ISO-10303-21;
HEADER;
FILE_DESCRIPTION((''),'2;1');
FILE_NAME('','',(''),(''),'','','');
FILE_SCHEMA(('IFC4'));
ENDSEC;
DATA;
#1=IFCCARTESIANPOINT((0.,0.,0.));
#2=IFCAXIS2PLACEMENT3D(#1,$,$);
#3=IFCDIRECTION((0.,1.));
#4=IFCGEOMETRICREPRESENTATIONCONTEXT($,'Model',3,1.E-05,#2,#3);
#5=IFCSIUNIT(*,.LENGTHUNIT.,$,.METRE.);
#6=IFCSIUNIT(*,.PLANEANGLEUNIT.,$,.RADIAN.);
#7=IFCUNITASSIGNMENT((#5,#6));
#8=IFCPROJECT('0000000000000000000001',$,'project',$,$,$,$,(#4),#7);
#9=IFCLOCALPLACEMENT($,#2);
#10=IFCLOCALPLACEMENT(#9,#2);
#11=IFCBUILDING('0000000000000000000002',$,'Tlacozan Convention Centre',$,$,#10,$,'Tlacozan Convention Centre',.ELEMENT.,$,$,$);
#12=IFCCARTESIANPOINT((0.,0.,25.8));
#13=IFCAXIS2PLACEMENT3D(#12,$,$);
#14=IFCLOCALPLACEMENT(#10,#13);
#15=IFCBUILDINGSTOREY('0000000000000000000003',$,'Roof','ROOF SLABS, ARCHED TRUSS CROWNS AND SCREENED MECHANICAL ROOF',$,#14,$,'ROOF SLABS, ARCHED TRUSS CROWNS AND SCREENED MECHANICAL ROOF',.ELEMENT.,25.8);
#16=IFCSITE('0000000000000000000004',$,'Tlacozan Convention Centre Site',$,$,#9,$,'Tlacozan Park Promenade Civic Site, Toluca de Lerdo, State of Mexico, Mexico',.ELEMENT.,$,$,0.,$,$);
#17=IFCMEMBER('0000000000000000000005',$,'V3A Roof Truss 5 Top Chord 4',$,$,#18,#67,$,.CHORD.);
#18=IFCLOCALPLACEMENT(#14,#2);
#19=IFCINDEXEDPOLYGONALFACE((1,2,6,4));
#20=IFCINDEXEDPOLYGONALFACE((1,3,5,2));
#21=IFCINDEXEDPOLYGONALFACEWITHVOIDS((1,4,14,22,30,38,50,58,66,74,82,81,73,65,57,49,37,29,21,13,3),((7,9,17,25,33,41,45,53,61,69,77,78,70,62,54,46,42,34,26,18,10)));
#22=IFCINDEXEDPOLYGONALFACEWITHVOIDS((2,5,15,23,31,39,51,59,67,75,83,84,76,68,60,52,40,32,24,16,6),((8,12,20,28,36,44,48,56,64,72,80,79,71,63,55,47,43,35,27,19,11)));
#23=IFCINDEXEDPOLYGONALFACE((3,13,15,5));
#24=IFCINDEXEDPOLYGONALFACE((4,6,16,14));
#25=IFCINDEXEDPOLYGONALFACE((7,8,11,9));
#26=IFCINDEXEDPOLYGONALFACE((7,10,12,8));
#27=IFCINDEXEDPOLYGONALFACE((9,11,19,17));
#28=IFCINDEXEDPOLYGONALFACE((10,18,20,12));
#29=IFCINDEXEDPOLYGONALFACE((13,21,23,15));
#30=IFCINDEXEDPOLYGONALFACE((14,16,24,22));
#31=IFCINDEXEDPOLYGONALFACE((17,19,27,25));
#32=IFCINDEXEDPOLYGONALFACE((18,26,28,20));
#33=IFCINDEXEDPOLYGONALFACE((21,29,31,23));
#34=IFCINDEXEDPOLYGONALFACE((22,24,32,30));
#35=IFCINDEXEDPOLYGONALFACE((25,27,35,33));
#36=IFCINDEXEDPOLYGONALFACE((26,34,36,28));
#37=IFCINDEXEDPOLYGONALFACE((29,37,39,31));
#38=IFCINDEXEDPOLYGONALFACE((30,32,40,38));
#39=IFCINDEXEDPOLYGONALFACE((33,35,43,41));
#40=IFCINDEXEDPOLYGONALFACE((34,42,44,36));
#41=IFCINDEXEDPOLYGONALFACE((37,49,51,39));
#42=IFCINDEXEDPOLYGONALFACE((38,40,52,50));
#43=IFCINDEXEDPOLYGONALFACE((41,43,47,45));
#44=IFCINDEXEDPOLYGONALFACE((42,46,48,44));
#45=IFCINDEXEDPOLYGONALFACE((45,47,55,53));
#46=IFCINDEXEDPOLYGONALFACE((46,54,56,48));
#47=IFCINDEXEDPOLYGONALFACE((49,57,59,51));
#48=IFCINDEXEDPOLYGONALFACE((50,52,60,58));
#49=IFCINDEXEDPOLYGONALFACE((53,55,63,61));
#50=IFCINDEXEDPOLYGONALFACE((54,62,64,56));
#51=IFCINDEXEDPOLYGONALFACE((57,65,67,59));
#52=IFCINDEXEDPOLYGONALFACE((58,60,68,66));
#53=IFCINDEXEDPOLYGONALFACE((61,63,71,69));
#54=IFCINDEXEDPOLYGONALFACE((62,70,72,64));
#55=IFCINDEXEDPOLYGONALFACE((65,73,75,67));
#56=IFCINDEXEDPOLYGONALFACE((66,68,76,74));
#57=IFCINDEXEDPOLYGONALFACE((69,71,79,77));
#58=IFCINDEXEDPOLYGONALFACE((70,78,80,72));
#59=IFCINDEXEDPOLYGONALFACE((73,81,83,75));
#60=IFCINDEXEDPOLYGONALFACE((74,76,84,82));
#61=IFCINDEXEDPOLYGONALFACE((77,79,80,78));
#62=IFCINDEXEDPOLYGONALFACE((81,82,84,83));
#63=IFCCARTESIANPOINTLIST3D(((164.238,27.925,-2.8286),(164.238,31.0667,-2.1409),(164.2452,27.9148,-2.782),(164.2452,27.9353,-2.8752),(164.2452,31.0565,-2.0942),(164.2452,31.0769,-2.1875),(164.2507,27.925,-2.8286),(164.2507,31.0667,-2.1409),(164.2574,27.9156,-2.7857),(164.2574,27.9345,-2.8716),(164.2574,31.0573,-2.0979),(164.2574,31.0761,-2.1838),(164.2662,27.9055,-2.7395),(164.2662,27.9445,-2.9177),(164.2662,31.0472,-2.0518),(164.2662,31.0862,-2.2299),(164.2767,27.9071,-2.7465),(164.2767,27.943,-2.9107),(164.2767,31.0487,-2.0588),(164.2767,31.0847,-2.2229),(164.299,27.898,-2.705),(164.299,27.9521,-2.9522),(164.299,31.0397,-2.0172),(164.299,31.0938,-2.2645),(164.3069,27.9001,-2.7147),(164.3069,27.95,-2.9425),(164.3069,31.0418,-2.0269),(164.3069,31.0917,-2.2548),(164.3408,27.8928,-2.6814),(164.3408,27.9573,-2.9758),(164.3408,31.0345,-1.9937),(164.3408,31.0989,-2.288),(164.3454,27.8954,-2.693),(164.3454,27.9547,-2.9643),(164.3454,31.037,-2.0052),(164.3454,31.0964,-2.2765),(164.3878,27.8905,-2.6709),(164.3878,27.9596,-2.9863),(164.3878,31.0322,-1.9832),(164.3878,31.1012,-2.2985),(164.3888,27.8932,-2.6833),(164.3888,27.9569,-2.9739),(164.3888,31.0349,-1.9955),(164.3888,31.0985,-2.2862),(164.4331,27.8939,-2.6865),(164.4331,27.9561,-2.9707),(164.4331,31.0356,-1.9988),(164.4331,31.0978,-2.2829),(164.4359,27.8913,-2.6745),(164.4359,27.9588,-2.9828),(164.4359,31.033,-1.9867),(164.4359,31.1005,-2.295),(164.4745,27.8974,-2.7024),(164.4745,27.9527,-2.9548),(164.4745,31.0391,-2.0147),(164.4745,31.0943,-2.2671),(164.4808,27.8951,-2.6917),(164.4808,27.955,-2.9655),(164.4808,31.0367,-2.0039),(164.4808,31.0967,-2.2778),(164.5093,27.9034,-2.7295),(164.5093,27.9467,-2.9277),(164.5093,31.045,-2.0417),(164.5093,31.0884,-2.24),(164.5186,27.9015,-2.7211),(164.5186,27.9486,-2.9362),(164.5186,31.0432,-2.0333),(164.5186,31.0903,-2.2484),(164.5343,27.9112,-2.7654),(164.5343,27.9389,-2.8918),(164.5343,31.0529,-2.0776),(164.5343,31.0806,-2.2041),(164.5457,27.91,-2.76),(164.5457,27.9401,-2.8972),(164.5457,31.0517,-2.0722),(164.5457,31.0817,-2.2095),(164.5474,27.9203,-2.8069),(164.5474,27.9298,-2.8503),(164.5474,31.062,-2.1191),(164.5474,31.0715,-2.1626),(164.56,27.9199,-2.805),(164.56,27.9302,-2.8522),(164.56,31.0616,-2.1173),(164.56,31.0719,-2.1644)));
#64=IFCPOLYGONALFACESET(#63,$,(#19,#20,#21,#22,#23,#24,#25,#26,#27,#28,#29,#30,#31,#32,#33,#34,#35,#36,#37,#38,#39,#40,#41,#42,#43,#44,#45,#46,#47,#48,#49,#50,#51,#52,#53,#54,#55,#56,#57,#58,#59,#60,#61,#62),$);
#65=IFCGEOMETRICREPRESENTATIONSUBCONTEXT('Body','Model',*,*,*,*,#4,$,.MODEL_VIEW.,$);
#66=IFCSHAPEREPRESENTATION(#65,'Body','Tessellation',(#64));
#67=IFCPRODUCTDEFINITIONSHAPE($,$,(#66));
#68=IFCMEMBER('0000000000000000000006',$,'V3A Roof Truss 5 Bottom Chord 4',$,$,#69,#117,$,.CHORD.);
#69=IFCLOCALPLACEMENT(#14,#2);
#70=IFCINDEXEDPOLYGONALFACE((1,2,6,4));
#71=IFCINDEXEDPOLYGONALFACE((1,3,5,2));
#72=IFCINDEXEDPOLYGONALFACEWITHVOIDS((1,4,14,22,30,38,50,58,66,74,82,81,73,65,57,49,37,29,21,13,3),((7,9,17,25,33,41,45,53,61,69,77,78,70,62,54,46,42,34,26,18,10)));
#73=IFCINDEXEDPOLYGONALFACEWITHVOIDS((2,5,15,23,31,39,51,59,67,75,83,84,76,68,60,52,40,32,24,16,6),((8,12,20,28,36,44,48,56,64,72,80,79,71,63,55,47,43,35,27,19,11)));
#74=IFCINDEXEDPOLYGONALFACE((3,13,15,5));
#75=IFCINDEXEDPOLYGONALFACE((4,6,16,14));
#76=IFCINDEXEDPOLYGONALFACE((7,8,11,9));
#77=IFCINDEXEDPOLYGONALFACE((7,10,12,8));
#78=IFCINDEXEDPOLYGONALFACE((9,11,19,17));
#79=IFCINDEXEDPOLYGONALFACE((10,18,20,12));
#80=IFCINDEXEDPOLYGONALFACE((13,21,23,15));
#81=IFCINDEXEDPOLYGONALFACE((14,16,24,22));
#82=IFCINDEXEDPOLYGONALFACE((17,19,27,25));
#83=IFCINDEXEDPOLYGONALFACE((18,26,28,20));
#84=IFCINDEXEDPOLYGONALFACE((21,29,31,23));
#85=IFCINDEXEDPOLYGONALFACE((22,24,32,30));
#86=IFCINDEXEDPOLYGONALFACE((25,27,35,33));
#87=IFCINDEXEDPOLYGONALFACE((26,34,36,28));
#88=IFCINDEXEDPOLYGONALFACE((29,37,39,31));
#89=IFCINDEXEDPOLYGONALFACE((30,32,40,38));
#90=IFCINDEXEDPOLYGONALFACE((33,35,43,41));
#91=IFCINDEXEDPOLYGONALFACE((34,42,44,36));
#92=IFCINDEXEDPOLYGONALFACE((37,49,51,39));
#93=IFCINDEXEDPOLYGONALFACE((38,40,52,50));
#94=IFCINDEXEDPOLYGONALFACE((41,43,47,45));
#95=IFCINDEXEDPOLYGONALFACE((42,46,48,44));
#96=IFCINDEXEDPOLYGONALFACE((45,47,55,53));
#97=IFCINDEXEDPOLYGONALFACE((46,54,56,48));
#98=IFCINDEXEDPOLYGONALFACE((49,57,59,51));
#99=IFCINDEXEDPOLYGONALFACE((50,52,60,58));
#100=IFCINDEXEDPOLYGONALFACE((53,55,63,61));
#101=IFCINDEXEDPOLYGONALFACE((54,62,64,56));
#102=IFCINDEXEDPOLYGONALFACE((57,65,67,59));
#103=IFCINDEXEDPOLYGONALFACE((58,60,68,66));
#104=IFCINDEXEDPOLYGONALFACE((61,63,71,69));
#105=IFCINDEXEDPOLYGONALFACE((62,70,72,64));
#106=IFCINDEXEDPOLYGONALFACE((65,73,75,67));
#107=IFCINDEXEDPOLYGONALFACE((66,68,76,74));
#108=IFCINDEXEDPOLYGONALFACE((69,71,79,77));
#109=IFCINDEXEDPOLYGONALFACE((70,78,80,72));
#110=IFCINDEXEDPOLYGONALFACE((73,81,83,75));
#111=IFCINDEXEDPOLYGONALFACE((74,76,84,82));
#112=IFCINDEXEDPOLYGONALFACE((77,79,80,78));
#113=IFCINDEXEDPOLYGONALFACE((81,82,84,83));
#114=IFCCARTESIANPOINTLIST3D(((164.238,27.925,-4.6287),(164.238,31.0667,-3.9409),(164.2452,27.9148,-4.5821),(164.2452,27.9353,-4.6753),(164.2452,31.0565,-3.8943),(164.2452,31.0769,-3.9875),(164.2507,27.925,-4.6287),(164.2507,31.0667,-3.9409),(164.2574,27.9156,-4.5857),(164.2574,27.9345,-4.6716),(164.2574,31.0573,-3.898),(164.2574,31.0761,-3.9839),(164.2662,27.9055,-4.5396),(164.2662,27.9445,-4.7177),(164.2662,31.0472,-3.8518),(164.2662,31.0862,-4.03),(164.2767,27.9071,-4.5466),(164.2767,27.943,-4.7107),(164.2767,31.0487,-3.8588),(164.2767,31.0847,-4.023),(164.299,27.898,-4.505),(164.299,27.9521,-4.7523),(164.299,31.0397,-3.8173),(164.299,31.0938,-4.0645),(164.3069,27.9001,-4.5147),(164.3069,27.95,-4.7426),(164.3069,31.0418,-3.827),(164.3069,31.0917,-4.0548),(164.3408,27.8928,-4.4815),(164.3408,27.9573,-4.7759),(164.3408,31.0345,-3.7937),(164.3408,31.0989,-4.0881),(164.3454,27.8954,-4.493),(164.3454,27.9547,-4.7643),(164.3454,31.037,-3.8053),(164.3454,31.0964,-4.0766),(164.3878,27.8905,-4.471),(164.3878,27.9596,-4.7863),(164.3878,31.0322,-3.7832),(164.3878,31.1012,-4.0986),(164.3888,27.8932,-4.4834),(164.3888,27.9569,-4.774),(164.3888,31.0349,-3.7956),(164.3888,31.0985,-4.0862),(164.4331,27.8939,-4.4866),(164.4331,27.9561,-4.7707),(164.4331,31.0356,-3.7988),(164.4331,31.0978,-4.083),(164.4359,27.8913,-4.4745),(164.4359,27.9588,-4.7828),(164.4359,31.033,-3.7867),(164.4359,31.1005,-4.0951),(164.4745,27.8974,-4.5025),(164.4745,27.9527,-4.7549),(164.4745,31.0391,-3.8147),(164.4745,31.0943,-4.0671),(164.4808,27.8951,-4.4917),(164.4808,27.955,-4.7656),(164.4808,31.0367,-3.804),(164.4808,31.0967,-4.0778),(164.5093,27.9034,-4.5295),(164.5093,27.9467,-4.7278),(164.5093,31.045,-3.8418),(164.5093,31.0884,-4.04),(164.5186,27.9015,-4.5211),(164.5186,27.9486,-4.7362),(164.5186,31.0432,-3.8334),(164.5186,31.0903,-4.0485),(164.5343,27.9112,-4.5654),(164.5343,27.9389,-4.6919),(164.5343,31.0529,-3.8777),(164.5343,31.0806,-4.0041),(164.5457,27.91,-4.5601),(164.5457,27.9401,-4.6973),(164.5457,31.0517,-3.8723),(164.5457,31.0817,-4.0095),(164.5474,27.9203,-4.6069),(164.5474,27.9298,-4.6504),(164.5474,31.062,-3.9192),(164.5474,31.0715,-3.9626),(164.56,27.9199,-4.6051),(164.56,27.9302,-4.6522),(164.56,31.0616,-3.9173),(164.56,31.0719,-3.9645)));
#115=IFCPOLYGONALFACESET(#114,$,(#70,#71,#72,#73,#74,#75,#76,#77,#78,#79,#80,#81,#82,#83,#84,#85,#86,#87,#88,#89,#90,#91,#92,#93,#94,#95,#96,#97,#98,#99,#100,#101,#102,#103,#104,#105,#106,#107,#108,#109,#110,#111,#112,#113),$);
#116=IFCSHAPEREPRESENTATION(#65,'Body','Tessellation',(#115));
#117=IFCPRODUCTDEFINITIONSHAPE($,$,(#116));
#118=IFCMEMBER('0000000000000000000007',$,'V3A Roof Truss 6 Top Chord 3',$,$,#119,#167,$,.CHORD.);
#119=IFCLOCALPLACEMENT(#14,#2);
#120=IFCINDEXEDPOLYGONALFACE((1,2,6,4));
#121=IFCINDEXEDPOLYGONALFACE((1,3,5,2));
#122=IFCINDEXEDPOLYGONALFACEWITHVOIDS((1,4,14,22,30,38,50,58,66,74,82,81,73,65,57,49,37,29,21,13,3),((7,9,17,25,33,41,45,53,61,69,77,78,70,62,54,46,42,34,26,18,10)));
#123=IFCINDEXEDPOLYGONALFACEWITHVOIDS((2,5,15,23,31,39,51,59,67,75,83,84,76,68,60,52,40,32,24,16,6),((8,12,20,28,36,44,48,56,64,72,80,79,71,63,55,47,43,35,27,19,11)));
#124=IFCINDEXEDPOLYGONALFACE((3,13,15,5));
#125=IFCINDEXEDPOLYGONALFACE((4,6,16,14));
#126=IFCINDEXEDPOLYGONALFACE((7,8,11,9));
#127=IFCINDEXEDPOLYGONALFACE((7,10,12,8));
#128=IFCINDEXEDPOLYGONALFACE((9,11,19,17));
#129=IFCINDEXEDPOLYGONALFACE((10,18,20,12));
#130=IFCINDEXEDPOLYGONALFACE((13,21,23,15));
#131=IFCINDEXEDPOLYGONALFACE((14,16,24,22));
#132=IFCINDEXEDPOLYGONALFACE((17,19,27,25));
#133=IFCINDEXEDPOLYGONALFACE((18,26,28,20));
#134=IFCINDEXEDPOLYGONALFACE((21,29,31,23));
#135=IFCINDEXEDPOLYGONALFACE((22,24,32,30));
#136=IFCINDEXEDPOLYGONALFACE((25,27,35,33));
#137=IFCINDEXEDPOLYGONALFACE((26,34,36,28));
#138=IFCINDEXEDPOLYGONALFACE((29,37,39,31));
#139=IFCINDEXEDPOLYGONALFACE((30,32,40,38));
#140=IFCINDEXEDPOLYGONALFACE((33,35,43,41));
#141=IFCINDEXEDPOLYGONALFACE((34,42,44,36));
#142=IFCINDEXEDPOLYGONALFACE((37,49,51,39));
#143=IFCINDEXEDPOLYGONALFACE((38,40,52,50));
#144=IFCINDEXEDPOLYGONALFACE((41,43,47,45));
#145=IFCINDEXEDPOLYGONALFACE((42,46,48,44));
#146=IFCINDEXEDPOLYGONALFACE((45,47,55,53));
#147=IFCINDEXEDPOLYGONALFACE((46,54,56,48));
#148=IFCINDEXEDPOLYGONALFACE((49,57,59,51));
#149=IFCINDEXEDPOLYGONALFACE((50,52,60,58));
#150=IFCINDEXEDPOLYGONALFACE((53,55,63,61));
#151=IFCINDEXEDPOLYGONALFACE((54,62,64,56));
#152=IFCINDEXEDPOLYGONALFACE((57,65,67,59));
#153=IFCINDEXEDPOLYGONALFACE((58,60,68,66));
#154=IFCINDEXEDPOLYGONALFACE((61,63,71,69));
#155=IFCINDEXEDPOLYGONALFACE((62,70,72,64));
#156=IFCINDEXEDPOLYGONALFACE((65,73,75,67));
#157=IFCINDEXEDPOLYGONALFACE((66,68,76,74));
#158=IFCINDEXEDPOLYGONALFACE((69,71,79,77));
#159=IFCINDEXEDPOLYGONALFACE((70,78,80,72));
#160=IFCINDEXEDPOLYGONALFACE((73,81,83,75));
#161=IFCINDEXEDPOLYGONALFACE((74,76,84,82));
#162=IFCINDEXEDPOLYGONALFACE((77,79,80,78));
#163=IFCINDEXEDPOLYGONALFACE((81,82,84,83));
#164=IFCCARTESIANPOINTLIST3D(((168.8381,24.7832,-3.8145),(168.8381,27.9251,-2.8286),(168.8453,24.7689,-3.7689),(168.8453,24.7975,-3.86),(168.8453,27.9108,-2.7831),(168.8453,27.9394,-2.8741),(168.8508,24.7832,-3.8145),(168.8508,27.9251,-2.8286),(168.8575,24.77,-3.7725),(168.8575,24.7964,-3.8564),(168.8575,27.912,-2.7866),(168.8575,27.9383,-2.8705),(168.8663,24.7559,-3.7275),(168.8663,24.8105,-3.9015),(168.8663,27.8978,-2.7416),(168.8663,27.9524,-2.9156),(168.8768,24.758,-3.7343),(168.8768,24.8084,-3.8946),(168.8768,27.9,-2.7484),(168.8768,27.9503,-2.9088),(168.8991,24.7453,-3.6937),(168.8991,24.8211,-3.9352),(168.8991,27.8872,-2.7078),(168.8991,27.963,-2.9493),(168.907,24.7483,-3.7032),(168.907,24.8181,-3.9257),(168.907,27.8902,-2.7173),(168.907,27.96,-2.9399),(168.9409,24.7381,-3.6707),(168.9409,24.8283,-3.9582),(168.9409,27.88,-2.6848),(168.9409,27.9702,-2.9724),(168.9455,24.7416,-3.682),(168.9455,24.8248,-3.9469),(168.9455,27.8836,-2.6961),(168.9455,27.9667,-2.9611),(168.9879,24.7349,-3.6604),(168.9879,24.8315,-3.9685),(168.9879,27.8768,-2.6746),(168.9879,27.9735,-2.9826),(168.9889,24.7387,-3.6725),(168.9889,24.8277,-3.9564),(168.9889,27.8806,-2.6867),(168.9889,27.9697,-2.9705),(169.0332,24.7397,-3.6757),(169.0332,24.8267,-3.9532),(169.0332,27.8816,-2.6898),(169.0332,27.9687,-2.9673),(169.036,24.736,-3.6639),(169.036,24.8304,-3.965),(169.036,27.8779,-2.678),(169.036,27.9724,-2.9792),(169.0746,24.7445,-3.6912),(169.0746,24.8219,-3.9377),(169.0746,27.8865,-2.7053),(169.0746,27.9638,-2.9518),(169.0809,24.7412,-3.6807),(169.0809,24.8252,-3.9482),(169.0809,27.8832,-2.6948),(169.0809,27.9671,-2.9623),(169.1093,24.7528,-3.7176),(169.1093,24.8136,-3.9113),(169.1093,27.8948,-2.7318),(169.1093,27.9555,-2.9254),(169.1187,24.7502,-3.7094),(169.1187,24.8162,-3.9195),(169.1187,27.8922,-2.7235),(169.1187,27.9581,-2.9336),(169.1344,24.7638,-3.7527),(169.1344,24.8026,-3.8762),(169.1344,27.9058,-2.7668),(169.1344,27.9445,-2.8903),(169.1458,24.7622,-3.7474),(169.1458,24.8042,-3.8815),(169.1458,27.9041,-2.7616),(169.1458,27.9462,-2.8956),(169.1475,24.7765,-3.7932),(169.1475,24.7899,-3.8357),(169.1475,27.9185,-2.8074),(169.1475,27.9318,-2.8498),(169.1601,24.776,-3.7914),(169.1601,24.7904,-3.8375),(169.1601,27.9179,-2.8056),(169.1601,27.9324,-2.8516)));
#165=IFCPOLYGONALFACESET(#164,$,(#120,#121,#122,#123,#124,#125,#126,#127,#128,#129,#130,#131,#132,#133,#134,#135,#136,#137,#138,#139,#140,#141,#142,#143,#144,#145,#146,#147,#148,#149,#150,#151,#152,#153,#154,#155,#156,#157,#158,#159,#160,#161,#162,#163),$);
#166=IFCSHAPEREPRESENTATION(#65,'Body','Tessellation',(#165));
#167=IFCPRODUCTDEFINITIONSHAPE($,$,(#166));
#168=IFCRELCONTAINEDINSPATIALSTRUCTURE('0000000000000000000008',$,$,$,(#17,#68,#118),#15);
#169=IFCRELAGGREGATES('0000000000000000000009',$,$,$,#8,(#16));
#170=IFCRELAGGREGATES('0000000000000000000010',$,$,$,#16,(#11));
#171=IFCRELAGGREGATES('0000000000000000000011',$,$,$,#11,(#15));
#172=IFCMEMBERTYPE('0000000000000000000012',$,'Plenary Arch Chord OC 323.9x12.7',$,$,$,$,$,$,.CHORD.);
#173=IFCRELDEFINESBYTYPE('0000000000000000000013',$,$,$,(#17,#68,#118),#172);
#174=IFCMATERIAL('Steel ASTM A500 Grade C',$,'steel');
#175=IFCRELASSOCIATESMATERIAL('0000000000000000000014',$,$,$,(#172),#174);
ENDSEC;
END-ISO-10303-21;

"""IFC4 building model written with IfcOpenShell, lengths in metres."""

from ifc_helpers import new_model, si_unit, direction, frame, origin, origin_2d, place, context, subcontext, project, spatial, hollow_circle, extrude, material, material_profile, profile_set, type_object, element, save


model = new_model("IFC4")

# Units and contexts
model_context = context("Model", 3, precision=1e-05, world=origin(), true_north=direction((0.0, 1.0)))
body_context = subcontext(model_context, "Body", "Model", "MODEL_VIEW")
ifc_project = project(units=[si_unit("LENGTHUNIT", "METRE"), si_unit("PLANEANGLEUNIT", "RADIAN")], contexts=[model_context])

# Site, building, storey
site_placement = place(None, origin())
site = spatial("IfcSite", under=ifc_project, at=site_placement, Name="Tlacozan Convention Centre Site", LongName="Tlacozan Park Promenade Civic Site, Toluca de Lerdo, State of Mexico, Mexico", CompositionType="ELEMENT", RefElevation=0.0)
building_placement = place(site_placement, origin())
building = spatial("IfcBuilding", under=site, at=building_placement, Name="Tlacozan Convention Centre", LongName="Tlacozan Convention Centre", CompositionType="ELEMENT")
storey_placement = place(building_placement, frame((0.0, 0.0, 25.8)))
storey = spatial("IfcBuildingStorey", under=building, at=storey_placement, Name="Roof", Description="ROOF SLABS, ARCHED TRUSS CROWNS AND SCREENED MECHANICAL ROOF", LongName="ROOF SLABS, ARCHED TRUSS CROWNS AND SCREENED MECHANICAL ROOF", CompositionType="ELEMENT", Elevation=25.8)

# Members
ifc_material_1 = material(Name="Steel ASTM A500 Grade C", Category="steel")
ifc_material_profile_1 = material_profile(ifc_material_1, hollow_circle(Radius=0.1619, WallThickness=0.0127, at=origin_2d()), Name="OC 323.9x12.7")
ifc_profile_set_1 = profile_set([ifc_material_profile_1], Name="Steel ASTM A500 Grade C")
member_type_1 = type_object("IfcMemberType", Name="Plenary Arch Chord OC 323.9x12.7", PredefinedType="CHORD", material=ifc_profile_set_1)
for number, where, z_axis, x_axis, name in (
    (1, (164.3999, 27.925, -2.8286), (0.0, 0.976866, 0.213851), (-1.0, 0.0, 0.0), "V3A Roof Truss 5 Top Chord 4"),
    (2, (164.3999, 27.925, -4.6287), (0.0, 0.976866, 0.213851), (-1.0, 0.0, 0.0), "V3A Roof Truss 5 Bottom Chord 4"),
):
    element("IfcMember", number, at=place(storey_placement, frame(where, z_axis=z_axis, x_axis=x_axis)), inside=storey, type_object=member_type_1, Name=name, PredefinedType="CHORD", context=body_context, shape_type="SweptSolid", body=[
        extrude(hollow_circle(Radius=0.1619, WallThickness=0.0127, at=origin_2d()), origin(), (0.0, 0.0, 1.0), 3.2161),
    ])
for number, where, z_axis, x_axis, name in (
    (3, (169.0, 24.7832, -3.8145), (0.0, 0.954132, 0.299385), (-1.0, 0.0, 0.0), "V3A Roof Truss 6 Top Chord 3"),
):
    element("IfcMember", number, at=place(storey_placement, frame(where, z_axis=z_axis, x_axis=x_axis)), inside=storey, type_object=member_type_1, Name=name, PredefinedType="CHORD", context=body_context, shape_type="SweptSolid", body=[
        extrude(hollow_circle(Radius=0.1619, WallThickness=0.0127, at=origin_2d()), origin(), (0.0, 0.0, 1.0), 3.293),
    ])

save(model, "model.ifc")
